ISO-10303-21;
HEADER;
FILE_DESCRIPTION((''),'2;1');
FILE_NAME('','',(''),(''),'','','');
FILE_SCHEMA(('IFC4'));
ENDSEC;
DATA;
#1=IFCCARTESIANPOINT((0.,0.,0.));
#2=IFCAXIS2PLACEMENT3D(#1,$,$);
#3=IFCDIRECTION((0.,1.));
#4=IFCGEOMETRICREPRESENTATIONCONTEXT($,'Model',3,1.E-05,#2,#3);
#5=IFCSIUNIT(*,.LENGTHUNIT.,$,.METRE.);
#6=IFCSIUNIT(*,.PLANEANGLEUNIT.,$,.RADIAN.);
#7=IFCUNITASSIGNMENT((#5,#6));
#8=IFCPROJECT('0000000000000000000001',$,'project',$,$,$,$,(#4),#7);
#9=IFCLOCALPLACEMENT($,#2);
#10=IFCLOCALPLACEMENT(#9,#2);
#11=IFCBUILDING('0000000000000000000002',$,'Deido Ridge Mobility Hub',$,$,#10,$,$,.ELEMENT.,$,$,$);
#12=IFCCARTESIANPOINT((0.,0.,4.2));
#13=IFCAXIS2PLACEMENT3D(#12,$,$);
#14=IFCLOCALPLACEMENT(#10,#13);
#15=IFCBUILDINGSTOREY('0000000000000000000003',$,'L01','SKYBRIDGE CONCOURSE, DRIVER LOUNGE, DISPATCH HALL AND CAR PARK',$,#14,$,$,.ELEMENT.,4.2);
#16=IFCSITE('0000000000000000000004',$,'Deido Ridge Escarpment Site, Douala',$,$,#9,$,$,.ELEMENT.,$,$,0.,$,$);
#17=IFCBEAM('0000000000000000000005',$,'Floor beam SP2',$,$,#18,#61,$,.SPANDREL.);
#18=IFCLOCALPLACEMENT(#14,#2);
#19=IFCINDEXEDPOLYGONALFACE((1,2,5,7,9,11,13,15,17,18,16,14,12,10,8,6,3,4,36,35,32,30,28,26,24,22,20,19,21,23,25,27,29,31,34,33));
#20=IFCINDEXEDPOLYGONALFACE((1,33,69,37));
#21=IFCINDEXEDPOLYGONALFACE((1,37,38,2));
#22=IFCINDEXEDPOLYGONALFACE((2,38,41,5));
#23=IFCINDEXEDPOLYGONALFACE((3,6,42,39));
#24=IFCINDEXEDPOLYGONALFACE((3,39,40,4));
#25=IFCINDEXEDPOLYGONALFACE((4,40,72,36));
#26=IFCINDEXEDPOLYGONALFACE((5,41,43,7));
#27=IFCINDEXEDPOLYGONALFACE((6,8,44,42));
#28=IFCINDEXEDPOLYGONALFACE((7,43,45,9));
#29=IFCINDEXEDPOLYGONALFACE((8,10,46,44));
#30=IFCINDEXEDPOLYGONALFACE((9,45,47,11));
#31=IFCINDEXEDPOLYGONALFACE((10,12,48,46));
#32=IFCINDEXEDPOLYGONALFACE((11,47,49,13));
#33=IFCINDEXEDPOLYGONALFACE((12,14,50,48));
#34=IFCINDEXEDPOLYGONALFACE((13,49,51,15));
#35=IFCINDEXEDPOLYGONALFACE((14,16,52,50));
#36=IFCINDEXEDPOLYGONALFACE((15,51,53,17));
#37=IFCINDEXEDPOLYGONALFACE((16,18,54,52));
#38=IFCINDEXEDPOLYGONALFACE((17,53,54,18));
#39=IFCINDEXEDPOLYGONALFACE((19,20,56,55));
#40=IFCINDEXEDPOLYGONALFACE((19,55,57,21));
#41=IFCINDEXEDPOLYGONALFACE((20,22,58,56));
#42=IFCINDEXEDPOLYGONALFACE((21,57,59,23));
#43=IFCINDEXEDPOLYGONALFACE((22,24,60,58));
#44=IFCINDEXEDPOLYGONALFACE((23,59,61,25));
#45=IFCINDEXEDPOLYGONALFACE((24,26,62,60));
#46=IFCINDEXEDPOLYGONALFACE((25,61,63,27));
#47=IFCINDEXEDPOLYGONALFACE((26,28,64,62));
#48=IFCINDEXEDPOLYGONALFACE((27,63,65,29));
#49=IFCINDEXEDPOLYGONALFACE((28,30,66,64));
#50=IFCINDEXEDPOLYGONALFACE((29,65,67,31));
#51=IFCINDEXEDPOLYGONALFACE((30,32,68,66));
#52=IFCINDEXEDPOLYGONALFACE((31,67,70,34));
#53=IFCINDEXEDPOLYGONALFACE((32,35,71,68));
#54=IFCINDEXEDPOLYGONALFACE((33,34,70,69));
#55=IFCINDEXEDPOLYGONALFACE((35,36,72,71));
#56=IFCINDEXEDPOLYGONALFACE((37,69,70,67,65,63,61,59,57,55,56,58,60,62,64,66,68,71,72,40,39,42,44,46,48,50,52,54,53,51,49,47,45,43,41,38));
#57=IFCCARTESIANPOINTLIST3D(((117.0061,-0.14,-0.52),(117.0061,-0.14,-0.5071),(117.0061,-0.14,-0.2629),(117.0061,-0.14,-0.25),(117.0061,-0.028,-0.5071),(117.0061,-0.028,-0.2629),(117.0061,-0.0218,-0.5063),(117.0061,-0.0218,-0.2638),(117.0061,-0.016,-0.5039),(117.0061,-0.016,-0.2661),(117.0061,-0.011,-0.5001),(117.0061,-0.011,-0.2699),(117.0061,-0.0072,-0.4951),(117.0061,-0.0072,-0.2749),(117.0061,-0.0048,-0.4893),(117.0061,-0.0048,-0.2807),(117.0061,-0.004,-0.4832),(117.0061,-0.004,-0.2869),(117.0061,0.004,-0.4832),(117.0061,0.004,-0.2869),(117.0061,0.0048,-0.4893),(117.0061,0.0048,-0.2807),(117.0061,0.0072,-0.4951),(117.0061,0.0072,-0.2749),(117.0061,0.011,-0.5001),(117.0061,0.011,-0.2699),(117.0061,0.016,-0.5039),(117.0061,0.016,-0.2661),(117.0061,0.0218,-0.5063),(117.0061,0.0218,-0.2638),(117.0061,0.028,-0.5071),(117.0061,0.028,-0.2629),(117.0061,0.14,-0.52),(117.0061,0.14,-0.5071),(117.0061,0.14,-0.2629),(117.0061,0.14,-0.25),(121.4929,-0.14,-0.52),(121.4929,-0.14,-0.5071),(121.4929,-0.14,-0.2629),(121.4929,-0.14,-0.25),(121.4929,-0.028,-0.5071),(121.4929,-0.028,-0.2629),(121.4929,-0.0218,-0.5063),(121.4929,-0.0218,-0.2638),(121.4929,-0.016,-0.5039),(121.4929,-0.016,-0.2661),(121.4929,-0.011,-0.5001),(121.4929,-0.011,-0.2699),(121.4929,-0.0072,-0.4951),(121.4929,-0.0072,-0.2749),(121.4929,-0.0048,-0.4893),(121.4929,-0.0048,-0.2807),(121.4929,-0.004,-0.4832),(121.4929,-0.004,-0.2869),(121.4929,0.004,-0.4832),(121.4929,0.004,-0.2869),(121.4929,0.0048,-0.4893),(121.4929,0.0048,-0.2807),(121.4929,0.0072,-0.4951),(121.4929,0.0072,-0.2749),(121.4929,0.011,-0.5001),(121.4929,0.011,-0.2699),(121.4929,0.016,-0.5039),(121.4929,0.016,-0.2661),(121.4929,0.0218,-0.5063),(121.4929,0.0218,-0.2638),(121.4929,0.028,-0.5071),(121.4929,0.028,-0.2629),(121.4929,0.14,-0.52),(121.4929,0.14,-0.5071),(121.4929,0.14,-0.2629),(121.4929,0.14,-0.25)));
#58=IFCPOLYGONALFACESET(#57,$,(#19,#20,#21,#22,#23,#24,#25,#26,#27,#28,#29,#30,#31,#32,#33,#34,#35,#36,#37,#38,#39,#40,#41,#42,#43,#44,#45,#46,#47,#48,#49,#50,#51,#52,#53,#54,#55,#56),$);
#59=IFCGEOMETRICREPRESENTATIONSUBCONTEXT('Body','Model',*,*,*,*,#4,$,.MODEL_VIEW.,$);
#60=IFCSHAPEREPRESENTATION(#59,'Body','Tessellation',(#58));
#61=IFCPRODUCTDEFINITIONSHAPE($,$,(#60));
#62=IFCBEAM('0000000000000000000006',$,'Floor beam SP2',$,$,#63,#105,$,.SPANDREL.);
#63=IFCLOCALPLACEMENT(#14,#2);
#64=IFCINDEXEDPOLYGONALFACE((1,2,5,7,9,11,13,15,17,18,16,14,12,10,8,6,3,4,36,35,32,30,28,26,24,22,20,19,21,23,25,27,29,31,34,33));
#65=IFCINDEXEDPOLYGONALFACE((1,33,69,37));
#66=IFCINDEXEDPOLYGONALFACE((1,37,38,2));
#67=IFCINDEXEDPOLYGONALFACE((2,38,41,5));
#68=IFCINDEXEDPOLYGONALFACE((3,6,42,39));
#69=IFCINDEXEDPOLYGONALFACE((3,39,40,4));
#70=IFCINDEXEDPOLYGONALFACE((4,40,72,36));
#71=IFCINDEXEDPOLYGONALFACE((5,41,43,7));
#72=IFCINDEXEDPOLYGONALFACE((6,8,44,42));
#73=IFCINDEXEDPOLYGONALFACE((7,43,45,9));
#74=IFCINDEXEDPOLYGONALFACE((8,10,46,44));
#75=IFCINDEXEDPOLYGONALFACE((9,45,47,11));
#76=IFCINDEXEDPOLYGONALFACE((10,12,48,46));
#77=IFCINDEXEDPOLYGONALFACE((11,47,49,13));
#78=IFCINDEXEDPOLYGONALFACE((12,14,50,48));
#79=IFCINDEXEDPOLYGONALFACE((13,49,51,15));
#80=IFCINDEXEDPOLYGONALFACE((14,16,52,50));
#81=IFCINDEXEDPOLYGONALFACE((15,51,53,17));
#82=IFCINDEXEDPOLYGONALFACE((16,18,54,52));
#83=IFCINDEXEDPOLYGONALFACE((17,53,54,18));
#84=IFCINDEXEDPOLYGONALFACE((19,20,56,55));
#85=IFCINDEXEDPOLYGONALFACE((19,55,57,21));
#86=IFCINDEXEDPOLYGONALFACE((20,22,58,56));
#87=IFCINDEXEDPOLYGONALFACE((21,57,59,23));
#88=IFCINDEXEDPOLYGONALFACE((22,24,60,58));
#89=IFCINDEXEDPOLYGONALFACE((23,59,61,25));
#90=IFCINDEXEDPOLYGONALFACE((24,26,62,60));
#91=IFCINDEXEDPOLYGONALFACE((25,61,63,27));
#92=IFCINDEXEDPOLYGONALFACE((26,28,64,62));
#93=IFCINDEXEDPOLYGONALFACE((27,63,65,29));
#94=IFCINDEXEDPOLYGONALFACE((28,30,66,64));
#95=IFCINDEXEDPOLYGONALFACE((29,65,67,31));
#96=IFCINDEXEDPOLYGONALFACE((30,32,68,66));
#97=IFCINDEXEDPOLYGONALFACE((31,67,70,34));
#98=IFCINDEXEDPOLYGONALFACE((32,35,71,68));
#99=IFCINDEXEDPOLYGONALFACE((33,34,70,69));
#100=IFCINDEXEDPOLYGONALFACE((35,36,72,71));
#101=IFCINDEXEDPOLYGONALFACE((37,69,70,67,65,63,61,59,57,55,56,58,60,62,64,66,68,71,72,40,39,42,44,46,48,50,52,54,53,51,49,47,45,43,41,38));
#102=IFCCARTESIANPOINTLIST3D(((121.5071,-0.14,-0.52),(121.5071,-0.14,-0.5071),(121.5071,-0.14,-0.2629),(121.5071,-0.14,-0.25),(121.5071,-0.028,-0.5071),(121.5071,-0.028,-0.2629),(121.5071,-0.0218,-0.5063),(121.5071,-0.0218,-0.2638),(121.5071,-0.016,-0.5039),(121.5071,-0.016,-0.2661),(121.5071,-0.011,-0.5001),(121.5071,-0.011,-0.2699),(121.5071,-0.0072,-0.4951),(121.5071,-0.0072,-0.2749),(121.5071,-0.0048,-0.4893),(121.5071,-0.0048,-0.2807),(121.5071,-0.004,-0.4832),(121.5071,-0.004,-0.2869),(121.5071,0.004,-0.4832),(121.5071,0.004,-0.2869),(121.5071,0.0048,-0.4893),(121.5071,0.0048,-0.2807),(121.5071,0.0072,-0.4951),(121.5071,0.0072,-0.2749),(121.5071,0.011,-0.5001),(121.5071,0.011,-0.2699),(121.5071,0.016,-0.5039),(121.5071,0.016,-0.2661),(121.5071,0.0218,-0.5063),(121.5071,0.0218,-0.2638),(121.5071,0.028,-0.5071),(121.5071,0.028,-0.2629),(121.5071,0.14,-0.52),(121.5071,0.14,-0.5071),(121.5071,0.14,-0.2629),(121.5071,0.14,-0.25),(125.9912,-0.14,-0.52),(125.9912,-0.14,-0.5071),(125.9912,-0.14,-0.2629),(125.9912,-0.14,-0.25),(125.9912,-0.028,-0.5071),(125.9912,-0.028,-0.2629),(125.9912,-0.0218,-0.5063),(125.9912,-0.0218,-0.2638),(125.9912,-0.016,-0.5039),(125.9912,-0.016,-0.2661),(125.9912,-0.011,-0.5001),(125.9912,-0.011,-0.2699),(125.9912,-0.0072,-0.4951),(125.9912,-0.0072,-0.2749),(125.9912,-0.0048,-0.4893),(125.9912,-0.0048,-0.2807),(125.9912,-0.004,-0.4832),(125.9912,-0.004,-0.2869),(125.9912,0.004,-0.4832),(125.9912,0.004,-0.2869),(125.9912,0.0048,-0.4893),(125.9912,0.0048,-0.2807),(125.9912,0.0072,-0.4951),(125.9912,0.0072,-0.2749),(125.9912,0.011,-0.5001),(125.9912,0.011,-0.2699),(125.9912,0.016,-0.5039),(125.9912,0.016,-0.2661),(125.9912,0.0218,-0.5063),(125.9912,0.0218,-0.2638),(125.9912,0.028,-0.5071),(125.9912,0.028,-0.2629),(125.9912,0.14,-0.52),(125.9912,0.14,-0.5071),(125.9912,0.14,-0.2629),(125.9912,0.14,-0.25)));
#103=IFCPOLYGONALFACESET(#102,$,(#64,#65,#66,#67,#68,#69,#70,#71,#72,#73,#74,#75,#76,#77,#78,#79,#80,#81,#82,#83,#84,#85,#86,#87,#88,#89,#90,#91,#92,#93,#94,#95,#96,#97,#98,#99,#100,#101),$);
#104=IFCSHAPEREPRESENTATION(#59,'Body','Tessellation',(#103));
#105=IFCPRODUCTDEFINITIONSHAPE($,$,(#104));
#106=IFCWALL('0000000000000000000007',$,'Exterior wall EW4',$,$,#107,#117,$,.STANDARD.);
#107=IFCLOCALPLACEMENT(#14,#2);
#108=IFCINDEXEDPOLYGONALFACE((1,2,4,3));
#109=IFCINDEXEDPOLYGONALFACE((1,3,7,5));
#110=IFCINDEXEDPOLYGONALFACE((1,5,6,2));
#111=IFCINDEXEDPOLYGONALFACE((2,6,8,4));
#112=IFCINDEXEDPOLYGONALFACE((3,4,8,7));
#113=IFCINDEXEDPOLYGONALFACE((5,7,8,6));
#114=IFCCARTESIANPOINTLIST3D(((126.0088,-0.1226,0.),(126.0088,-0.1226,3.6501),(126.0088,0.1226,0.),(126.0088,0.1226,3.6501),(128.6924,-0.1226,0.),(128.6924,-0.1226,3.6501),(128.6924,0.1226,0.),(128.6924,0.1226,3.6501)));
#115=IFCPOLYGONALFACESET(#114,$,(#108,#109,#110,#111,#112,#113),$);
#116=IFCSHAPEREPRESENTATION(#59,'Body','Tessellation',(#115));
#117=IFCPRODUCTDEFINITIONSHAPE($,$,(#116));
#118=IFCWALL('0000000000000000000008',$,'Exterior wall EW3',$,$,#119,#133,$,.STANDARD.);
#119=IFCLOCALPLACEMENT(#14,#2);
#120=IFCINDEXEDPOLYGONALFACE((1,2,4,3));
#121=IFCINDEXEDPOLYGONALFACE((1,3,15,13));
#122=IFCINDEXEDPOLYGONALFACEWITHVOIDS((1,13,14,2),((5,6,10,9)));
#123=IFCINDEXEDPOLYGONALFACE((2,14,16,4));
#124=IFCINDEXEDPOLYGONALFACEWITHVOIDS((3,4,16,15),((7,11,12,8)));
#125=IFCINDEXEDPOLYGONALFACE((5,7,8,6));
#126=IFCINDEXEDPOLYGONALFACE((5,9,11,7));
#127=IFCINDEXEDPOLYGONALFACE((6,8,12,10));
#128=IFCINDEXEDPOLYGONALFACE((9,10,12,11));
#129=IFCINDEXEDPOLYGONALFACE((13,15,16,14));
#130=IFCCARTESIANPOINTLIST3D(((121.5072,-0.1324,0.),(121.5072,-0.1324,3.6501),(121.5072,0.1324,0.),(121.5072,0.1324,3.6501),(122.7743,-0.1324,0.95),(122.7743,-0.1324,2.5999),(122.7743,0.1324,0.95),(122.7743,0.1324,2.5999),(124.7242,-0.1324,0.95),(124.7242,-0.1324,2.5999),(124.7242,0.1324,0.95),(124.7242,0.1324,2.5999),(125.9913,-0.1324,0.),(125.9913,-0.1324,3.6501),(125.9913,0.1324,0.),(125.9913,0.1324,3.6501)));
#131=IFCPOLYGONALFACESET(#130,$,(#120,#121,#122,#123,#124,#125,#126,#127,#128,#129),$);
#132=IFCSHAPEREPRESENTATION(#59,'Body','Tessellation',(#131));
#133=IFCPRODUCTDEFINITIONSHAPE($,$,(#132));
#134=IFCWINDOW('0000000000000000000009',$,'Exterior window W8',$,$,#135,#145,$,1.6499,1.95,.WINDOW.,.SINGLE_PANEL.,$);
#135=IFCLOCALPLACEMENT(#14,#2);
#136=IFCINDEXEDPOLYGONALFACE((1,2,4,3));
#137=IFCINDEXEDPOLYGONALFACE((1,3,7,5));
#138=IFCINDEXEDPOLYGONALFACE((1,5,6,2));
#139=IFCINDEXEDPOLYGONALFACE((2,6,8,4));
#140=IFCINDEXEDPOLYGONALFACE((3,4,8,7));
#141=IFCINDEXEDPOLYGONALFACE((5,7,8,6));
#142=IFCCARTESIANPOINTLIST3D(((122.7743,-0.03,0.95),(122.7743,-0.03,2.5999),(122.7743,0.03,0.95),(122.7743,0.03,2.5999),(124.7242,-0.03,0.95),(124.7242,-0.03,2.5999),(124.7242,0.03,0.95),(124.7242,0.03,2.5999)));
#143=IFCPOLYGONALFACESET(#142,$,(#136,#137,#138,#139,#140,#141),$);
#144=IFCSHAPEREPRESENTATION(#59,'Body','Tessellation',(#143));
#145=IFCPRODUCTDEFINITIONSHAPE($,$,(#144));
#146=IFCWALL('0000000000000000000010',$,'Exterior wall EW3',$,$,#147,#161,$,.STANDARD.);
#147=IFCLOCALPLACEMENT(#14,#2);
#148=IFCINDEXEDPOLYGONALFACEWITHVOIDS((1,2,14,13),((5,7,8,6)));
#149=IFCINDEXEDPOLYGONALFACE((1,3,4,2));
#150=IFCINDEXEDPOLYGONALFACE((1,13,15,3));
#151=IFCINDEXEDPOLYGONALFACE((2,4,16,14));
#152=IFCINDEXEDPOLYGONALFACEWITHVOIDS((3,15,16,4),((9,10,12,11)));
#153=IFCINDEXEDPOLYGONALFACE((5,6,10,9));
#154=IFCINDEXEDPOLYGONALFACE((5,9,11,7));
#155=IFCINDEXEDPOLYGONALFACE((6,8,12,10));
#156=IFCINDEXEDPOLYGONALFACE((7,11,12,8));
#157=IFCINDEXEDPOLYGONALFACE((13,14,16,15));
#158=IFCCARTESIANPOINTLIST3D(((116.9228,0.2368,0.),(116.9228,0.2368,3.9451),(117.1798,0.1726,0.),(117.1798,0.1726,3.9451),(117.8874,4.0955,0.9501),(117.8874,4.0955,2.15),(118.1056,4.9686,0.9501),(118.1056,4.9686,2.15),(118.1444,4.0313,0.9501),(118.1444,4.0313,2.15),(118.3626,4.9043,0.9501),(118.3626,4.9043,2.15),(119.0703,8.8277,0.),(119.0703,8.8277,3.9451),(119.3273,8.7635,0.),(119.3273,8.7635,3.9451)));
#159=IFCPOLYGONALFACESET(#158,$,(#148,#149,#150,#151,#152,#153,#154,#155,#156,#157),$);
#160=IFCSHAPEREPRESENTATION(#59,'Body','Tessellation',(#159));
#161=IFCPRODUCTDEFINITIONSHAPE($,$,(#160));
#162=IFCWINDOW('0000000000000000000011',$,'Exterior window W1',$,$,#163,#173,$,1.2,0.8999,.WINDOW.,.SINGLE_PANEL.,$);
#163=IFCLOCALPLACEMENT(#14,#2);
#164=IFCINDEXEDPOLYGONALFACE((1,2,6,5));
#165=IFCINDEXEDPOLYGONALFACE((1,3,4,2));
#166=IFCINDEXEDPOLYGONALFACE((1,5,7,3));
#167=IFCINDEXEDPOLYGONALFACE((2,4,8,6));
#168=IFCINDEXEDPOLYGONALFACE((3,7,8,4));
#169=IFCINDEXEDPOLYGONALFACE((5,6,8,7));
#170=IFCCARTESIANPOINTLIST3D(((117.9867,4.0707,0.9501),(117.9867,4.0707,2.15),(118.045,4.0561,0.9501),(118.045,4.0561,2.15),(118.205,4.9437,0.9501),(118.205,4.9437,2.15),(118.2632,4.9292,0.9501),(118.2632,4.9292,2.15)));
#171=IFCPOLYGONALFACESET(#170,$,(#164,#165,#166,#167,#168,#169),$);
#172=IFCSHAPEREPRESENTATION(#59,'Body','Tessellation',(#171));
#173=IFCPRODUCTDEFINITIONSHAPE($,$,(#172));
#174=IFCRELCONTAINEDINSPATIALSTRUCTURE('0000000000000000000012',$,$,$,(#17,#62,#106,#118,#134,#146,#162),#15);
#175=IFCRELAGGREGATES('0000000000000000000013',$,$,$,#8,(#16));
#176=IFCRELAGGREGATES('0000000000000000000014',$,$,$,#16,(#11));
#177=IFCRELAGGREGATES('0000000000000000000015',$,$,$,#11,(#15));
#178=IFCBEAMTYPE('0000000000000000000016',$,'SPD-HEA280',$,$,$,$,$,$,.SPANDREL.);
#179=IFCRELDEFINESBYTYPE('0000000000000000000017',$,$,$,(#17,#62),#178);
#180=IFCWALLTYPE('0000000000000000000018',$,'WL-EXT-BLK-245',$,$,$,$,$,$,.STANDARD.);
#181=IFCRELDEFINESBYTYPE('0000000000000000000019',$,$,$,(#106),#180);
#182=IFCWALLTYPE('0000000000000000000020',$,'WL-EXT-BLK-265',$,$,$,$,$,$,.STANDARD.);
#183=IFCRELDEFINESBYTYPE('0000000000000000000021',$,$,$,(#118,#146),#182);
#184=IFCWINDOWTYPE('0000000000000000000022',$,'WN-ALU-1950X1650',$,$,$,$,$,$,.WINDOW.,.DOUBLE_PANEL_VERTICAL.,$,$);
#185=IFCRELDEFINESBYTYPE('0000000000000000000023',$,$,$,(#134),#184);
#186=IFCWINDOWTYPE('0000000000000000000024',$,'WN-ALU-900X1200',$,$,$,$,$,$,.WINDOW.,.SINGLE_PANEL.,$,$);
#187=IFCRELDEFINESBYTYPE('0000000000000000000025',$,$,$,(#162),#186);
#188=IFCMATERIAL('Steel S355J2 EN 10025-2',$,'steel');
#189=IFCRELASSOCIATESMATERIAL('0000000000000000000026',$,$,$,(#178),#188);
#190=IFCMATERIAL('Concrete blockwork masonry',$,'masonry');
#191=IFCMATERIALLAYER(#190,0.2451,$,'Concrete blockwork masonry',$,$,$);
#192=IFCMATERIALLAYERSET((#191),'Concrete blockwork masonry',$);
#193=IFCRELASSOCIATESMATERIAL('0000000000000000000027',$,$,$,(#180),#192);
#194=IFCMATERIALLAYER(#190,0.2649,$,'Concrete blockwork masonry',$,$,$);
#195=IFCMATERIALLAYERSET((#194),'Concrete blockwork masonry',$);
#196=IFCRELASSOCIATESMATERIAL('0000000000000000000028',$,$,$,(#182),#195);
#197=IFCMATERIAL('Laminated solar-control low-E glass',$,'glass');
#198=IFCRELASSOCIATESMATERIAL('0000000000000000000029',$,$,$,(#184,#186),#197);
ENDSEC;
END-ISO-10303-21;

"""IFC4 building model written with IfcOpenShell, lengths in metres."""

from ifc_helpers import new_model, si_unit, direction, frame, frame_2d, origin, origin_2d, place, context, subcontext, project, spatial, rectangle, i_section, extrude, material, layer, layer_set, material_profile, profile_set, type_object, element, fill, save


model = new_model("IFC4")

# Units and contexts
model_context = context("Model", 3, precision=1e-05, world=origin(), true_north=direction((0.0, 1.0)))
body_context = subcontext(model_context, "Body", "Model", "MODEL_VIEW")
ifc_project = project(units=[si_unit("LENGTHUNIT", "METRE"), si_unit("PLANEANGLEUNIT", "RADIAN")], contexts=[model_context])

# Site, building, storey
site_placement = place(None, origin())
site = spatial("IfcSite", under=ifc_project, at=site_placement, Name="Deido Ridge Escarpment Site, Douala", CompositionType="ELEMENT", RefElevation=0.0)
building_placement = place(site_placement, origin())
building = spatial("IfcBuilding", under=site, at=building_placement, Name="Deido Ridge Mobility Hub", CompositionType="ELEMENT")
storey_placement = place(building_placement, frame((0.0, 0.0, 4.2)))
storey = spatial("IfcBuildingStorey", under=building, at=storey_placement, Name="L01", Description="SKYBRIDGE CONCOURSE, DRIVER LOUNGE, DISPATCH HALL AND CAR PARK", CompositionType="ELEMENT", Elevation=4.2)

# Shared definitions
ifc_material_1 = material(Name="Steel S355J2 EN 10025-2", Category="steel")

# Beams
ifc_material_profile_1 = material_profile(ifc_material_1, i_section(OverallWidth=0.28, OverallDepth=0.27, WebThickness=0.0081, FlangeThickness=0.0129, FilletRadius=0.0239, at=origin_2d()), Name="HEA 280")
ifc_profile_set_1 = profile_set([ifc_material_profile_1], Name="Steel S355J2 EN 10025-2")
beam_type_1 = type_object("IfcBeamType", Name="SPD-HEA280", PredefinedType="SPANDREL", material=ifc_profile_set_1)
beam_1_placement = place(storey_placement, frame((117.0061, 0.0, -0.385), z_axis=(1.0, 0.0, 0.0), x_axis=(0.0, 1.0, 0.0)))
element("IfcBeam", 1, at=beam_1_placement, inside=storey, type_object=beam_type_1, Name="Floor beam SP2", PredefinedType="SPANDREL", context=body_context, shape_type="SweptSolid", body=[
    extrude(i_section(OverallWidth=0.28, OverallDepth=0.27, WebThickness=0.0081, FlangeThickness=0.0129, FilletRadius=0.0239, at=origin_2d()), origin(), (0.0, 0.0, 1.0), 4.4868),
])
beam_2_placement = place(storey_placement, frame((121.5071, 0.0, -0.385), z_axis=(1.0, 0.0, 0.0), x_axis=(0.0, 1.0, 0.0)))
element("IfcBeam", 2, at=beam_2_placement, inside=storey, type_object=beam_type_1, Name="Floor beam SP2", PredefinedType="SPANDREL", context=body_context, shape_type="SweptSolid", body=[
    extrude(i_section(OverallWidth=0.28, OverallDepth=0.27, WebThickness=0.0081, FlangeThickness=0.0129, FilletRadius=0.0239, at=origin_2d()), origin(), (0.0, 0.0, 1.0), 4.4841),
])

# Wall
ifc_material_2 = material(Name="Concrete blockwork masonry", Category="masonry")
ifc_layer_1 = layer(ifc_material_2, 0.2451, Name="Concrete blockwork masonry")
ifc_layer_set_1 = layer_set([ifc_layer_1], Name="Concrete blockwork masonry")
wall_type_1 = type_object("IfcWallType", Name="WL-EXT-BLK-245", PredefinedType="STANDARD", material=ifc_layer_set_1)
wall_1_placement = place(storey_placement, frame((126.0088, 0.0, 0.0), z_axis=(0.0, 0.0, 1.0), x_axis=(1.0, 0.0, 0.0)))
element("IfcWall", 3, at=wall_1_placement, inside=storey, type_object=wall_type_1, Name="Exterior wall EW4", PredefinedType="STANDARD", context=body_context, shape_type="SweptSolid", body=[
    extrude(rectangle(XDim=2.6836, YDim=0.2451, at=frame_2d((1.3418, 0.0))), origin(), (0.0, 0.0, 1.0), 3.6501),
])

# Walls, openings, windows
ifc_layer_2 = layer(ifc_material_2, 0.2649, Name="Concrete blockwork masonry")
ifc_layer_set_2 = layer_set([ifc_layer_2], Name="Concrete blockwork masonry")
wall_type_2 = type_object("IfcWallType", Name="WL-EXT-BLK-265", PredefinedType="STANDARD", material=ifc_layer_set_2)
wall_2_placement = place(storey_placement, frame((121.5071, 0.0, 0.0), z_axis=(0.0, 0.0, 1.0), x_axis=(1.0, 0.0, 0.0)))
wall_2 = element("IfcWall", 4, at=wall_2_placement, inside=storey, type_object=wall_type_2, Name="Exterior wall EW3", PredefinedType="STANDARD", context=body_context, shape_type="SweptSolid", body=[
    extrude(rectangle(XDim=4.4841, YDim=0.2649, at=frame_2d((2.2422, 0.0))), origin(), (0.0, 0.0, 1.0), 3.6501),
])
opening_1_placement = place(wall_2_placement, frame((1.2671, 0.0, 0.95)))
opening_1 = element("IfcOpeningElement", 5, at=opening_1_placement, cuts=wall_2, PredefinedType="OPENING", context=body_context, shape_type="SweptSolid", body=[
    extrude(rectangle(XDim=1.95, YDim=1.6499, at=frame_2d((0.9751, 0.825))), frame((0.0, 0.1426, 0.0), z_axis=(0.0, -1.0, 0.0), x_axis=(1.0, 0.0, 0.0)), (0.0, 0.0, 1.0), 0.2849),
])
ifc_material_3 = material(Name="Laminated solar-control low-E glass", Category="glass")
window_type_1 = type_object("IfcWindowType", Name="WN-ALU-1950X1650", PartitioningType="DOUBLE_PANEL_VERTICAL", PredefinedType="WINDOW", material=ifc_material_3)
window_1_placement = place(opening_1_placement, origin())
window_1 = element("IfcWindow", 6, at=window_1_placement, inside=storey, type_object=window_type_1, Name="Exterior window W8", OverallHeight=1.6499, OverallWidth=1.95, PartitioningType="SINGLE_PANEL", PredefinedType="WINDOW", context=body_context, shape_type="SweptSolid", body=[
    extrude(rectangle(XDim=1.95, YDim=1.6499, at=frame_2d((0.9751, 0.825))), frame((0.0, 0.03, 0.0), z_axis=(0.0, -1.0, 0.0), x_axis=(1.0, 0.0, 0.0)), (0.0, 0.0, 1.0), 0.0601),
])
fill(opening_1, window_1)
wall_3_placement = place(storey_placement, frame((117.0513, 0.2046, 0.0), z_axis=(0.0, 0.0, 1.0), x_axis=(0.24251, 0.970149, 0.0)))
wall_3 = element("IfcWall", 7, at=wall_3_placement, inside=storey, type_object=wall_type_2, Name="Exterior wall EW3", PredefinedType="STANDARD", context=body_context, shape_type="SweptSolid", body=[
    extrude(rectangle(XDim=8.8552, YDim=0.2649, at=frame_2d((4.4277, 0.0))), origin(), (0.0, 0.0, 1.0), 3.9451),
])
opening_2_placement = place(wall_3_placement, frame((3.9775, 0.0, 0.95)))
opening_2 = element("IfcOpeningElement", 8, at=opening_2_placement, cuts=wall_3, PredefinedType="OPENING", context=body_context, shape_type="SweptSolid", body=[
    extrude(rectangle(XDim=0.8999, YDim=1.2, at=frame_2d((0.45, 0.6001))), frame((0.0, 0.1426, 0.0), z_axis=(0.0, -1.0, 0.0), x_axis=(1.0, 0.0, 0.0)), (0.0, 0.0, 1.0), 0.2849),
])
window_type_2 = type_object("IfcWindowType", Name="WN-ALU-900X1200", PartitioningType="SINGLE_PANEL", PredefinedType="WINDOW", material=ifc_material_3)
window_2_placement = place(opening_2_placement, origin())
window_2 = element("IfcWindow", 9, at=window_2_placement, inside=storey, type_object=window_type_2, Name="Exterior window W1", OverallHeight=1.2, OverallWidth=0.8999, PartitioningType="SINGLE_PANEL", PredefinedType="WINDOW", context=body_context, shape_type="SweptSolid", body=[
    extrude(rectangle(XDim=0.8999, YDim=1.2, at=frame_2d((0.45, 0.6001))), frame((0.0, 0.03, 0.0), z_axis=(0.0, -1.0, 0.0), x_axis=(1.0, 0.0, 0.0)), (0.0, 0.0, 1.0), 0.0601),
])
fill(opening_2, window_2)

save(model, "model.ifc")
